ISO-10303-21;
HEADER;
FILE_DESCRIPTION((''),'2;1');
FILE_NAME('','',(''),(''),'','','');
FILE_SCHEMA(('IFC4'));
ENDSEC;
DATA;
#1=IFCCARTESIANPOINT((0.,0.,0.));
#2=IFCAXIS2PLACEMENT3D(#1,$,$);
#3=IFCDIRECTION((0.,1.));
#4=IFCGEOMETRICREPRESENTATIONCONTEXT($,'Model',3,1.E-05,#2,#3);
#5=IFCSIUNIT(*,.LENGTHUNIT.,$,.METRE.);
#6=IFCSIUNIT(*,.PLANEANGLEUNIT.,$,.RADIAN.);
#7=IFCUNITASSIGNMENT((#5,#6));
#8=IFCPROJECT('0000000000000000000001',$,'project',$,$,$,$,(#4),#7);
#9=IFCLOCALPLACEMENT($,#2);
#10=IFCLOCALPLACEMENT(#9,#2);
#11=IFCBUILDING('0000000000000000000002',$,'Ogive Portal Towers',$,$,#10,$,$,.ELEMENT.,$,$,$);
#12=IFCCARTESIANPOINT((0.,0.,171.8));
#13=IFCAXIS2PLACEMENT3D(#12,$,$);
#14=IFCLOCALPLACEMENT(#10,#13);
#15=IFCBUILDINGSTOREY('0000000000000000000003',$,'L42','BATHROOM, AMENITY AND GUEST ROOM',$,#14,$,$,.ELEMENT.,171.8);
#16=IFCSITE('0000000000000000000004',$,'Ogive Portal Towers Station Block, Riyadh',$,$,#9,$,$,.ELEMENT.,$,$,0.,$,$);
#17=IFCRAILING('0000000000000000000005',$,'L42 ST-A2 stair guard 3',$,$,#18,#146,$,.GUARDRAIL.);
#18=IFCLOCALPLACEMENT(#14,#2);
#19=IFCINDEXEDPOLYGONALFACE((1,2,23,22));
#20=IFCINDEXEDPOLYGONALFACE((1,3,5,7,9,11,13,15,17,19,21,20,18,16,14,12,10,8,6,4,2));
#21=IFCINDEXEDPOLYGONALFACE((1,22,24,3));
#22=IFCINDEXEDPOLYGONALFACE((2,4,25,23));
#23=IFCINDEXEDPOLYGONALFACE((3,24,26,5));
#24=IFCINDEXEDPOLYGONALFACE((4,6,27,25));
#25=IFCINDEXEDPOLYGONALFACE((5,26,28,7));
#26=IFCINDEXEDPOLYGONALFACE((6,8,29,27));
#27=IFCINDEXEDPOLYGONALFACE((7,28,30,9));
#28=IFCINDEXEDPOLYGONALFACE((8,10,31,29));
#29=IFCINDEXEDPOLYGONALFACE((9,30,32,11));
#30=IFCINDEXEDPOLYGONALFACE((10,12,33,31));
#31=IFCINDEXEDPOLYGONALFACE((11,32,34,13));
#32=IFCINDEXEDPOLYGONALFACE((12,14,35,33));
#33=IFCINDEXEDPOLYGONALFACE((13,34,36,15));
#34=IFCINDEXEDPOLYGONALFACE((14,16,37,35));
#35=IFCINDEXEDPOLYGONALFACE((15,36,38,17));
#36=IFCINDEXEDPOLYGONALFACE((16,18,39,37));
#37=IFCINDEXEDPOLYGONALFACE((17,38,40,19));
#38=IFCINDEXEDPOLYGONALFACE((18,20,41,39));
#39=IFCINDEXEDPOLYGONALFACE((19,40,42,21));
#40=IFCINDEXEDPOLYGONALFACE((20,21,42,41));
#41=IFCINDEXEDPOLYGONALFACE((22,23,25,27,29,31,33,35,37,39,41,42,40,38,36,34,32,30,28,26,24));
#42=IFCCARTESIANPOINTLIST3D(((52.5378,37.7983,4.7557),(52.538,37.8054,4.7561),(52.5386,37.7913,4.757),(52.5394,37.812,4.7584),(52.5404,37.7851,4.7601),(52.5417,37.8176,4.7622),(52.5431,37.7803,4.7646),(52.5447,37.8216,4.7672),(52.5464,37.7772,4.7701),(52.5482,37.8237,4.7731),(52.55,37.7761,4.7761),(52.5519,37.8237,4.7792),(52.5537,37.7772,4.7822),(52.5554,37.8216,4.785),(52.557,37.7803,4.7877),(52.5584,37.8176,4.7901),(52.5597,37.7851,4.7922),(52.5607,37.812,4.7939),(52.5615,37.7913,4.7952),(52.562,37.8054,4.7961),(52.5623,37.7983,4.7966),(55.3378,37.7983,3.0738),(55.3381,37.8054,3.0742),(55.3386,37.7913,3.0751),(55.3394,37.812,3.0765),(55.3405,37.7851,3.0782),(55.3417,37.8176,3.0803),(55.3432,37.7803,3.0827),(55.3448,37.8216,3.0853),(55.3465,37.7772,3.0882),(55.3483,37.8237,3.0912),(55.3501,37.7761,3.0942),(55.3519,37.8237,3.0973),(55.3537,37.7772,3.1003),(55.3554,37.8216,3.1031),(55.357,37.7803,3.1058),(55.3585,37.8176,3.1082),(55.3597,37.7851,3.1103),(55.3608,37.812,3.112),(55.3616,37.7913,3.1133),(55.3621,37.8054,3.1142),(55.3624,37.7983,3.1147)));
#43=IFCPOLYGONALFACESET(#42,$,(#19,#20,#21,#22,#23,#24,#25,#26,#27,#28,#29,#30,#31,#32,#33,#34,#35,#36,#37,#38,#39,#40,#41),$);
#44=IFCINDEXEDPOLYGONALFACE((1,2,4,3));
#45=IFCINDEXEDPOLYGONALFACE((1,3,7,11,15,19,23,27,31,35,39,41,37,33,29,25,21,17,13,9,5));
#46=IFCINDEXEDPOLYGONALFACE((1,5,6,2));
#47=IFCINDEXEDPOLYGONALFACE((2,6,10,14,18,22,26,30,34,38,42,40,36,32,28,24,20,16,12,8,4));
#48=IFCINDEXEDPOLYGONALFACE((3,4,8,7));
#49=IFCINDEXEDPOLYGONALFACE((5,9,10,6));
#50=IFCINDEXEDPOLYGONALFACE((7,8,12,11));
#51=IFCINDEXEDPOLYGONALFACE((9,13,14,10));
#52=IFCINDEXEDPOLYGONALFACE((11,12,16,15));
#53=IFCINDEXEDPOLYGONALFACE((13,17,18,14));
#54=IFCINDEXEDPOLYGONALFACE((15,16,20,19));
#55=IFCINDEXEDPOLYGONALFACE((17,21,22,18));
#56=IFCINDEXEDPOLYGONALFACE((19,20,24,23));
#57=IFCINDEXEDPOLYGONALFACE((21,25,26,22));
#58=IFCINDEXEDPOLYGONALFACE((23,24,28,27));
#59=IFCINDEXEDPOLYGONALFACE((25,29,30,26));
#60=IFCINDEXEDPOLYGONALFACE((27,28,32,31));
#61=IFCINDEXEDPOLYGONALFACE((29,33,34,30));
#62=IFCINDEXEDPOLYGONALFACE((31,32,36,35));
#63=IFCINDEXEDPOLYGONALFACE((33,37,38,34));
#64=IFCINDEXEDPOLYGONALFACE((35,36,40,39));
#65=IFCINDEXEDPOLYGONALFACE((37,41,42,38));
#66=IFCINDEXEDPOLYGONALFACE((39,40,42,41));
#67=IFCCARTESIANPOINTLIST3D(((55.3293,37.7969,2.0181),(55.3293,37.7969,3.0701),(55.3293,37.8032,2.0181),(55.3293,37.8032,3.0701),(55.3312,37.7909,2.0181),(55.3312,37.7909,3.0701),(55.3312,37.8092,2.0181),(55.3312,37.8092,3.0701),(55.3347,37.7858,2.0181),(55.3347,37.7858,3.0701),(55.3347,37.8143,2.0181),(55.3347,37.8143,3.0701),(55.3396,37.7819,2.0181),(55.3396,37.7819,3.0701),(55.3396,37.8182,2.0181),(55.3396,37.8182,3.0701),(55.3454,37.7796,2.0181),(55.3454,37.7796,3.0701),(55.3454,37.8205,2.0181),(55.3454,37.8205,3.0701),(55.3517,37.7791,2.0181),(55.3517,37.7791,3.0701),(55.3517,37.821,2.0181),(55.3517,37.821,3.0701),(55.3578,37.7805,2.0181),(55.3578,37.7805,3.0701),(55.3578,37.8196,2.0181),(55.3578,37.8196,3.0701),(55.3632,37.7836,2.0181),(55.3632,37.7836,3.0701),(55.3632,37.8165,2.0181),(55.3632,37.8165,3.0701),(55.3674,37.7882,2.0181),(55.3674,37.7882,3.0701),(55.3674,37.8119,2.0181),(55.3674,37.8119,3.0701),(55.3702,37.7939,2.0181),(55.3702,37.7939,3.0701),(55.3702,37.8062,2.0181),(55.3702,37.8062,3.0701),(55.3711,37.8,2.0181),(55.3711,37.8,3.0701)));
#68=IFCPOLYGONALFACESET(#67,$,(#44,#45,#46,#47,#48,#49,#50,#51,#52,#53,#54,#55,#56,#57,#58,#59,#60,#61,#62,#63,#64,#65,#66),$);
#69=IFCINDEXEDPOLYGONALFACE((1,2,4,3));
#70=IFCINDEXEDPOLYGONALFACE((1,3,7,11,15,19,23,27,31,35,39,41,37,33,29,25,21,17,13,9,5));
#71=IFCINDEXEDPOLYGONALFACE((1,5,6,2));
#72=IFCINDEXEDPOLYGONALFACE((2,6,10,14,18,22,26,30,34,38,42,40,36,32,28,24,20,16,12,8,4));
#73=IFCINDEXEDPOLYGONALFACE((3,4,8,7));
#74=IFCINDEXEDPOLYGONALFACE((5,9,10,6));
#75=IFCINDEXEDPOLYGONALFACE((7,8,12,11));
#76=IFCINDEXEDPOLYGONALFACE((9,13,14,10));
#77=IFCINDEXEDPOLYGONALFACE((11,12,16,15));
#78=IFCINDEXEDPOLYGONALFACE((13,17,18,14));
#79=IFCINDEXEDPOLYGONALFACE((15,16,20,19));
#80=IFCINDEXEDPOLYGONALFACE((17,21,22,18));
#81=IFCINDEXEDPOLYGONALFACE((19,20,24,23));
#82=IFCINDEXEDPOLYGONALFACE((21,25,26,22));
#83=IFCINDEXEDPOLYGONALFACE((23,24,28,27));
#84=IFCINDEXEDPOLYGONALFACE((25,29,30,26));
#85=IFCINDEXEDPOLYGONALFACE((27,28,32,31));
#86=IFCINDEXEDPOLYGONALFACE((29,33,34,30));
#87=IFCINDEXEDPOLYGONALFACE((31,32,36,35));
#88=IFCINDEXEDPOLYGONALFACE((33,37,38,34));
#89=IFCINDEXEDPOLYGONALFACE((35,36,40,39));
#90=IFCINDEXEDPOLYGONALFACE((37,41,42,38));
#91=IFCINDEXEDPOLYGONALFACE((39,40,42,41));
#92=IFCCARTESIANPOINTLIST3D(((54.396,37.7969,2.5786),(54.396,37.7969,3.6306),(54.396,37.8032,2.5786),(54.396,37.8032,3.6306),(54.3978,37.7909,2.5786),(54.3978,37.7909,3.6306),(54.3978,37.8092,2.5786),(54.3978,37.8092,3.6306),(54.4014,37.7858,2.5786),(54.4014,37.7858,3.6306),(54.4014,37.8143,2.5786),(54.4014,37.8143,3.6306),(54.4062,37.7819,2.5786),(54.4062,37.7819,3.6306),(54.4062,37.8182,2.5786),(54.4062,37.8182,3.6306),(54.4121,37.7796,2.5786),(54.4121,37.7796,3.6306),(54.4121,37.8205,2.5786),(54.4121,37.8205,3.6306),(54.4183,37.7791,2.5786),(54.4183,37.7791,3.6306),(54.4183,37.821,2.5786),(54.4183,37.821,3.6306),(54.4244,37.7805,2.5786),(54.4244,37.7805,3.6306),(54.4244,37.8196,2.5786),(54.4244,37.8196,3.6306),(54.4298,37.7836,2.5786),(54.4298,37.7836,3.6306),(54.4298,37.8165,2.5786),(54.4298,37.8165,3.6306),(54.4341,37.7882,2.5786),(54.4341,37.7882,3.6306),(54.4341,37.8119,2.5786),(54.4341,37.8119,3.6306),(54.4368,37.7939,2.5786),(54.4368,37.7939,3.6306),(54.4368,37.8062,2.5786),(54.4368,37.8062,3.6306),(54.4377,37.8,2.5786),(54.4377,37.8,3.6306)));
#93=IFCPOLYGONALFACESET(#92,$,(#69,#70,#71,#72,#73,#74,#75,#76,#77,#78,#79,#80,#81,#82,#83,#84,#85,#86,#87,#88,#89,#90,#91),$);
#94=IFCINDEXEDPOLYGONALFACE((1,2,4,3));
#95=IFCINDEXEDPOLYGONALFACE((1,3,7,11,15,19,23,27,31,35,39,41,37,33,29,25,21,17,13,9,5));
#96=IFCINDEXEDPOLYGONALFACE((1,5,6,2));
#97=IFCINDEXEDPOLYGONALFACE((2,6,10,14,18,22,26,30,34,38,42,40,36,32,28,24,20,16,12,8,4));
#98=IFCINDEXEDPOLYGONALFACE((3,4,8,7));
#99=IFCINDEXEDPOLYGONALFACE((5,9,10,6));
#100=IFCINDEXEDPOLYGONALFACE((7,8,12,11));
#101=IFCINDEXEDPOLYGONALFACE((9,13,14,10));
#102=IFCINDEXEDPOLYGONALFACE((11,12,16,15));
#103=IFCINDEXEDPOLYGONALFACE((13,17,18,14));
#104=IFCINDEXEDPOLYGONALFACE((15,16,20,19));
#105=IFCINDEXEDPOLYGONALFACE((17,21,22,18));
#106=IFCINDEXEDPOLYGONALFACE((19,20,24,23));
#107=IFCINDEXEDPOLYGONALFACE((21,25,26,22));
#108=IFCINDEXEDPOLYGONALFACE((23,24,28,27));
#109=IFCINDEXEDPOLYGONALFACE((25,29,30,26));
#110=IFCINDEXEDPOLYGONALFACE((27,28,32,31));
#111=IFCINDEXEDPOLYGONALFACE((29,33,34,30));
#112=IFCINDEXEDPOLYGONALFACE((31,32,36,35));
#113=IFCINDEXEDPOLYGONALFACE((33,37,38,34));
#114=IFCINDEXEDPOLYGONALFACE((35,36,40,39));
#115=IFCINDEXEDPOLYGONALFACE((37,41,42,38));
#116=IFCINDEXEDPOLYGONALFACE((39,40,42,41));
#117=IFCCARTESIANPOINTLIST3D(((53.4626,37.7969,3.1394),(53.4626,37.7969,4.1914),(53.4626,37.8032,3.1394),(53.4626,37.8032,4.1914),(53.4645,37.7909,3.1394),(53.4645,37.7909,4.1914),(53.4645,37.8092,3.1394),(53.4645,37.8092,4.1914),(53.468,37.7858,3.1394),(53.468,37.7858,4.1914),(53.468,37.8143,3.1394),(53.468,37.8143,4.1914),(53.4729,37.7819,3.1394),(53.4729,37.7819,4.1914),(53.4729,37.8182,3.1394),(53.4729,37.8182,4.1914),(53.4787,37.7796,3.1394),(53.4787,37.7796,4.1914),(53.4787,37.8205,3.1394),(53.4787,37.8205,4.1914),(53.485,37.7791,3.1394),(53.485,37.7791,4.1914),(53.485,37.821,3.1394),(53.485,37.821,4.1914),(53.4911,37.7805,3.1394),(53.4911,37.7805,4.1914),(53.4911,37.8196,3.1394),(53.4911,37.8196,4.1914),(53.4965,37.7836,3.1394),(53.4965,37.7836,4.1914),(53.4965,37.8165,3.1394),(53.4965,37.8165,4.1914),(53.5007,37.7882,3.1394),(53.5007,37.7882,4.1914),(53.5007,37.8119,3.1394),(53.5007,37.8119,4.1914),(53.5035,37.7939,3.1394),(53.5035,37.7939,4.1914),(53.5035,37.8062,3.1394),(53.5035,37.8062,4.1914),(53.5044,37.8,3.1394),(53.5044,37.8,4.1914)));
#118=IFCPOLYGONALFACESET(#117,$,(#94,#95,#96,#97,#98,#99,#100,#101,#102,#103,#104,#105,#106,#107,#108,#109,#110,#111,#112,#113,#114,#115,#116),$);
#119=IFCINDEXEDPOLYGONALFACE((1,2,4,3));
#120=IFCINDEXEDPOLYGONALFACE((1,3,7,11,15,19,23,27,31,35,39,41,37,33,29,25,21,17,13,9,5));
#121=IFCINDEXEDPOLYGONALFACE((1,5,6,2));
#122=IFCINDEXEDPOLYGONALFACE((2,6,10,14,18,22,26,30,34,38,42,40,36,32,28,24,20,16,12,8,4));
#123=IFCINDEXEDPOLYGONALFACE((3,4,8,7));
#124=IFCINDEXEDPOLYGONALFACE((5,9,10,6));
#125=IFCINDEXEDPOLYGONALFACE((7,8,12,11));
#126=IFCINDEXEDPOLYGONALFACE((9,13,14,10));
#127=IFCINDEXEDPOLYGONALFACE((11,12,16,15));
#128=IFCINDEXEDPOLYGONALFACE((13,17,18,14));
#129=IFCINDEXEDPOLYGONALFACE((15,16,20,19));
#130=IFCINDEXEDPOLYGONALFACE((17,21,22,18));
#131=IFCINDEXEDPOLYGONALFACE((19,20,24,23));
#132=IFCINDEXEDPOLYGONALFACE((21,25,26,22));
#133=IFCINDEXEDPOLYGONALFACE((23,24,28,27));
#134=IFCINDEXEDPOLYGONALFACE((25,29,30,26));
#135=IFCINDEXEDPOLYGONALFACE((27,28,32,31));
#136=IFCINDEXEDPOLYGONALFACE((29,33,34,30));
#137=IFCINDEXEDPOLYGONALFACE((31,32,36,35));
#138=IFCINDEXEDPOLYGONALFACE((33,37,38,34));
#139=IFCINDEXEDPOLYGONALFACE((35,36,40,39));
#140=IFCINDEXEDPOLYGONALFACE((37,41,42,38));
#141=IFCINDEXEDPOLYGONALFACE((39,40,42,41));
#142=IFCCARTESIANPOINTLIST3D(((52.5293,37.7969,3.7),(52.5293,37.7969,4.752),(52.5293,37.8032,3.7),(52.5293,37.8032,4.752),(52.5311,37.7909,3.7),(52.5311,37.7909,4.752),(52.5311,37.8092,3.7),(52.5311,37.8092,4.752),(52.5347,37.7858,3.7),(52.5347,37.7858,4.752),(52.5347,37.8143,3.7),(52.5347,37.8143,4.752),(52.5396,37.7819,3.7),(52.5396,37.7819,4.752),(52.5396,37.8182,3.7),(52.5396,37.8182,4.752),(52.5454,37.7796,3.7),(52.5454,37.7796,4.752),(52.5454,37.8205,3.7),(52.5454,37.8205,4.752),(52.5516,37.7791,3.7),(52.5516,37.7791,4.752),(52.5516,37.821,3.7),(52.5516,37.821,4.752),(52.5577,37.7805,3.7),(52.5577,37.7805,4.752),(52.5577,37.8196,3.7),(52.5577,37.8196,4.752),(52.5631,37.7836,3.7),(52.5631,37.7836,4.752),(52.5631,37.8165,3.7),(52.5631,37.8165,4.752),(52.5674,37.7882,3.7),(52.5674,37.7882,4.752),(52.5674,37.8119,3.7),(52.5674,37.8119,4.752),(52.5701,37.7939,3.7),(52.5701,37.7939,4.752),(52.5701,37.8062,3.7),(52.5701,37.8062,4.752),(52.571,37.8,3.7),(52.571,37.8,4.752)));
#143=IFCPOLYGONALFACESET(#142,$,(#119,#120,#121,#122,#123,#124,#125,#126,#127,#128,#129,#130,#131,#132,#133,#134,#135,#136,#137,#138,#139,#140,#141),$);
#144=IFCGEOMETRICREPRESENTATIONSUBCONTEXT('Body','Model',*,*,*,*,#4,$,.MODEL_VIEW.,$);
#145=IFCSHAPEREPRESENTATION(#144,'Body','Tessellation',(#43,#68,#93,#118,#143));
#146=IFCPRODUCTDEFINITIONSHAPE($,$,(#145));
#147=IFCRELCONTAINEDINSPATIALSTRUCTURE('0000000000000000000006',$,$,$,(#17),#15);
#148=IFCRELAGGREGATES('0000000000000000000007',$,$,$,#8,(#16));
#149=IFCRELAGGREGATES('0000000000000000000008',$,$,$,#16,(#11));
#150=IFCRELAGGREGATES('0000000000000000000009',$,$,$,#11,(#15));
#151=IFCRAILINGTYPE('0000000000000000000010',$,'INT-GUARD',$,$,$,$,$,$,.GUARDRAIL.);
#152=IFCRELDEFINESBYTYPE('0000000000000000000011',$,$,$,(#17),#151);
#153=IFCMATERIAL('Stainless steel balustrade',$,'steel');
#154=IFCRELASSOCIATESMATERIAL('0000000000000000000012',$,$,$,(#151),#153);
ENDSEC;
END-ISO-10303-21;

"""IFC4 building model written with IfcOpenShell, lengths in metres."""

from ifc_helpers import new_model, si_unit, direction, frame, origin, origin_2d, place, context, subcontext, project, spatial, circle, extrude, material, type_object, element, save


model = new_model("IFC4")

# Units and contexts
model_context = context("Model", 3, precision=1e-05, world=origin(), true_north=direction((0.0, 1.0)))
body_context = subcontext(model_context, "Body", "Model", "MODEL_VIEW")
ifc_project = project(units=[si_unit("LENGTHUNIT", "METRE"), si_unit("PLANEANGLEUNIT", "RADIAN")], contexts=[model_context])

# Site, building, storey
site_placement = place(None, origin())
site = spatial("IfcSite", under=ifc_project, at=site_placement, Name="Ogive Portal Towers Station Block, Riyadh", CompositionType="ELEMENT", RefElevation=0.0)
building_placement = place(site_placement, origin())
building = spatial("IfcBuilding", under=site, at=building_placement, Name="Ogive Portal Towers", CompositionType="ELEMENT")
storey_placement = place(building_placement, frame((0.0, 0.0, 171.8)))
storey = spatial("IfcBuildingStorey", under=building, at=storey_placement, Name="L42", Description="BATHROOM, AMENITY AND GUEST ROOM", CompositionType="ELEMENT", Elevation=171.8)

# Railing
ifc_material_1 = material(Name="Stainless steel balustrade", Category="steel")
railing_type_1 = type_object("IfcRailingType", Name="INT-GUARD", PredefinedType="GUARDRAIL", material=ifc_material_1)
railing_1_placement = place(storey_placement, frame((55.3501, 37.8, 2.0181)))
element("IfcRailing", 1, at=railing_1_placement, inside=storey, type_object=railing_type_1, Name="L42 ST-A2 stair guard 3", PredefinedType="GUARDRAIL", context=body_context, shape_type="SweptSolid", body=[
    extrude(circle(Radius=0.0239, at=origin_2d()), frame((0.0, 0.0, 1.0762), z_axis=(-0.857242, 0.0, 0.514913), x_axis=(0.0, -1.0, 0.0)), (0.0, 0.0, 1.0), 3.2664),
    extrude(circle(Radius=0.021, at=origin_2d()), origin(), (0.0, 0.0, 1.0), 1.052),
    extrude(circle(Radius=0.021, at=origin_2d()), frame((-0.9333, 0.0, 0.5605)), (0.0, 0.0, 1.0), 1.052),
    extrude(circle(Radius=0.021, at=origin_2d()), frame((-1.8667, 0.0, 1.1213)), (0.0, 0.0, 1.0), 1.052),
    extrude(circle(Radius=0.021, at=origin_2d()), frame((-2.8, 0.0, 1.6819)), (0.0, 0.0, 1.0), 1.052),
])

save(model, "model.ifc")
